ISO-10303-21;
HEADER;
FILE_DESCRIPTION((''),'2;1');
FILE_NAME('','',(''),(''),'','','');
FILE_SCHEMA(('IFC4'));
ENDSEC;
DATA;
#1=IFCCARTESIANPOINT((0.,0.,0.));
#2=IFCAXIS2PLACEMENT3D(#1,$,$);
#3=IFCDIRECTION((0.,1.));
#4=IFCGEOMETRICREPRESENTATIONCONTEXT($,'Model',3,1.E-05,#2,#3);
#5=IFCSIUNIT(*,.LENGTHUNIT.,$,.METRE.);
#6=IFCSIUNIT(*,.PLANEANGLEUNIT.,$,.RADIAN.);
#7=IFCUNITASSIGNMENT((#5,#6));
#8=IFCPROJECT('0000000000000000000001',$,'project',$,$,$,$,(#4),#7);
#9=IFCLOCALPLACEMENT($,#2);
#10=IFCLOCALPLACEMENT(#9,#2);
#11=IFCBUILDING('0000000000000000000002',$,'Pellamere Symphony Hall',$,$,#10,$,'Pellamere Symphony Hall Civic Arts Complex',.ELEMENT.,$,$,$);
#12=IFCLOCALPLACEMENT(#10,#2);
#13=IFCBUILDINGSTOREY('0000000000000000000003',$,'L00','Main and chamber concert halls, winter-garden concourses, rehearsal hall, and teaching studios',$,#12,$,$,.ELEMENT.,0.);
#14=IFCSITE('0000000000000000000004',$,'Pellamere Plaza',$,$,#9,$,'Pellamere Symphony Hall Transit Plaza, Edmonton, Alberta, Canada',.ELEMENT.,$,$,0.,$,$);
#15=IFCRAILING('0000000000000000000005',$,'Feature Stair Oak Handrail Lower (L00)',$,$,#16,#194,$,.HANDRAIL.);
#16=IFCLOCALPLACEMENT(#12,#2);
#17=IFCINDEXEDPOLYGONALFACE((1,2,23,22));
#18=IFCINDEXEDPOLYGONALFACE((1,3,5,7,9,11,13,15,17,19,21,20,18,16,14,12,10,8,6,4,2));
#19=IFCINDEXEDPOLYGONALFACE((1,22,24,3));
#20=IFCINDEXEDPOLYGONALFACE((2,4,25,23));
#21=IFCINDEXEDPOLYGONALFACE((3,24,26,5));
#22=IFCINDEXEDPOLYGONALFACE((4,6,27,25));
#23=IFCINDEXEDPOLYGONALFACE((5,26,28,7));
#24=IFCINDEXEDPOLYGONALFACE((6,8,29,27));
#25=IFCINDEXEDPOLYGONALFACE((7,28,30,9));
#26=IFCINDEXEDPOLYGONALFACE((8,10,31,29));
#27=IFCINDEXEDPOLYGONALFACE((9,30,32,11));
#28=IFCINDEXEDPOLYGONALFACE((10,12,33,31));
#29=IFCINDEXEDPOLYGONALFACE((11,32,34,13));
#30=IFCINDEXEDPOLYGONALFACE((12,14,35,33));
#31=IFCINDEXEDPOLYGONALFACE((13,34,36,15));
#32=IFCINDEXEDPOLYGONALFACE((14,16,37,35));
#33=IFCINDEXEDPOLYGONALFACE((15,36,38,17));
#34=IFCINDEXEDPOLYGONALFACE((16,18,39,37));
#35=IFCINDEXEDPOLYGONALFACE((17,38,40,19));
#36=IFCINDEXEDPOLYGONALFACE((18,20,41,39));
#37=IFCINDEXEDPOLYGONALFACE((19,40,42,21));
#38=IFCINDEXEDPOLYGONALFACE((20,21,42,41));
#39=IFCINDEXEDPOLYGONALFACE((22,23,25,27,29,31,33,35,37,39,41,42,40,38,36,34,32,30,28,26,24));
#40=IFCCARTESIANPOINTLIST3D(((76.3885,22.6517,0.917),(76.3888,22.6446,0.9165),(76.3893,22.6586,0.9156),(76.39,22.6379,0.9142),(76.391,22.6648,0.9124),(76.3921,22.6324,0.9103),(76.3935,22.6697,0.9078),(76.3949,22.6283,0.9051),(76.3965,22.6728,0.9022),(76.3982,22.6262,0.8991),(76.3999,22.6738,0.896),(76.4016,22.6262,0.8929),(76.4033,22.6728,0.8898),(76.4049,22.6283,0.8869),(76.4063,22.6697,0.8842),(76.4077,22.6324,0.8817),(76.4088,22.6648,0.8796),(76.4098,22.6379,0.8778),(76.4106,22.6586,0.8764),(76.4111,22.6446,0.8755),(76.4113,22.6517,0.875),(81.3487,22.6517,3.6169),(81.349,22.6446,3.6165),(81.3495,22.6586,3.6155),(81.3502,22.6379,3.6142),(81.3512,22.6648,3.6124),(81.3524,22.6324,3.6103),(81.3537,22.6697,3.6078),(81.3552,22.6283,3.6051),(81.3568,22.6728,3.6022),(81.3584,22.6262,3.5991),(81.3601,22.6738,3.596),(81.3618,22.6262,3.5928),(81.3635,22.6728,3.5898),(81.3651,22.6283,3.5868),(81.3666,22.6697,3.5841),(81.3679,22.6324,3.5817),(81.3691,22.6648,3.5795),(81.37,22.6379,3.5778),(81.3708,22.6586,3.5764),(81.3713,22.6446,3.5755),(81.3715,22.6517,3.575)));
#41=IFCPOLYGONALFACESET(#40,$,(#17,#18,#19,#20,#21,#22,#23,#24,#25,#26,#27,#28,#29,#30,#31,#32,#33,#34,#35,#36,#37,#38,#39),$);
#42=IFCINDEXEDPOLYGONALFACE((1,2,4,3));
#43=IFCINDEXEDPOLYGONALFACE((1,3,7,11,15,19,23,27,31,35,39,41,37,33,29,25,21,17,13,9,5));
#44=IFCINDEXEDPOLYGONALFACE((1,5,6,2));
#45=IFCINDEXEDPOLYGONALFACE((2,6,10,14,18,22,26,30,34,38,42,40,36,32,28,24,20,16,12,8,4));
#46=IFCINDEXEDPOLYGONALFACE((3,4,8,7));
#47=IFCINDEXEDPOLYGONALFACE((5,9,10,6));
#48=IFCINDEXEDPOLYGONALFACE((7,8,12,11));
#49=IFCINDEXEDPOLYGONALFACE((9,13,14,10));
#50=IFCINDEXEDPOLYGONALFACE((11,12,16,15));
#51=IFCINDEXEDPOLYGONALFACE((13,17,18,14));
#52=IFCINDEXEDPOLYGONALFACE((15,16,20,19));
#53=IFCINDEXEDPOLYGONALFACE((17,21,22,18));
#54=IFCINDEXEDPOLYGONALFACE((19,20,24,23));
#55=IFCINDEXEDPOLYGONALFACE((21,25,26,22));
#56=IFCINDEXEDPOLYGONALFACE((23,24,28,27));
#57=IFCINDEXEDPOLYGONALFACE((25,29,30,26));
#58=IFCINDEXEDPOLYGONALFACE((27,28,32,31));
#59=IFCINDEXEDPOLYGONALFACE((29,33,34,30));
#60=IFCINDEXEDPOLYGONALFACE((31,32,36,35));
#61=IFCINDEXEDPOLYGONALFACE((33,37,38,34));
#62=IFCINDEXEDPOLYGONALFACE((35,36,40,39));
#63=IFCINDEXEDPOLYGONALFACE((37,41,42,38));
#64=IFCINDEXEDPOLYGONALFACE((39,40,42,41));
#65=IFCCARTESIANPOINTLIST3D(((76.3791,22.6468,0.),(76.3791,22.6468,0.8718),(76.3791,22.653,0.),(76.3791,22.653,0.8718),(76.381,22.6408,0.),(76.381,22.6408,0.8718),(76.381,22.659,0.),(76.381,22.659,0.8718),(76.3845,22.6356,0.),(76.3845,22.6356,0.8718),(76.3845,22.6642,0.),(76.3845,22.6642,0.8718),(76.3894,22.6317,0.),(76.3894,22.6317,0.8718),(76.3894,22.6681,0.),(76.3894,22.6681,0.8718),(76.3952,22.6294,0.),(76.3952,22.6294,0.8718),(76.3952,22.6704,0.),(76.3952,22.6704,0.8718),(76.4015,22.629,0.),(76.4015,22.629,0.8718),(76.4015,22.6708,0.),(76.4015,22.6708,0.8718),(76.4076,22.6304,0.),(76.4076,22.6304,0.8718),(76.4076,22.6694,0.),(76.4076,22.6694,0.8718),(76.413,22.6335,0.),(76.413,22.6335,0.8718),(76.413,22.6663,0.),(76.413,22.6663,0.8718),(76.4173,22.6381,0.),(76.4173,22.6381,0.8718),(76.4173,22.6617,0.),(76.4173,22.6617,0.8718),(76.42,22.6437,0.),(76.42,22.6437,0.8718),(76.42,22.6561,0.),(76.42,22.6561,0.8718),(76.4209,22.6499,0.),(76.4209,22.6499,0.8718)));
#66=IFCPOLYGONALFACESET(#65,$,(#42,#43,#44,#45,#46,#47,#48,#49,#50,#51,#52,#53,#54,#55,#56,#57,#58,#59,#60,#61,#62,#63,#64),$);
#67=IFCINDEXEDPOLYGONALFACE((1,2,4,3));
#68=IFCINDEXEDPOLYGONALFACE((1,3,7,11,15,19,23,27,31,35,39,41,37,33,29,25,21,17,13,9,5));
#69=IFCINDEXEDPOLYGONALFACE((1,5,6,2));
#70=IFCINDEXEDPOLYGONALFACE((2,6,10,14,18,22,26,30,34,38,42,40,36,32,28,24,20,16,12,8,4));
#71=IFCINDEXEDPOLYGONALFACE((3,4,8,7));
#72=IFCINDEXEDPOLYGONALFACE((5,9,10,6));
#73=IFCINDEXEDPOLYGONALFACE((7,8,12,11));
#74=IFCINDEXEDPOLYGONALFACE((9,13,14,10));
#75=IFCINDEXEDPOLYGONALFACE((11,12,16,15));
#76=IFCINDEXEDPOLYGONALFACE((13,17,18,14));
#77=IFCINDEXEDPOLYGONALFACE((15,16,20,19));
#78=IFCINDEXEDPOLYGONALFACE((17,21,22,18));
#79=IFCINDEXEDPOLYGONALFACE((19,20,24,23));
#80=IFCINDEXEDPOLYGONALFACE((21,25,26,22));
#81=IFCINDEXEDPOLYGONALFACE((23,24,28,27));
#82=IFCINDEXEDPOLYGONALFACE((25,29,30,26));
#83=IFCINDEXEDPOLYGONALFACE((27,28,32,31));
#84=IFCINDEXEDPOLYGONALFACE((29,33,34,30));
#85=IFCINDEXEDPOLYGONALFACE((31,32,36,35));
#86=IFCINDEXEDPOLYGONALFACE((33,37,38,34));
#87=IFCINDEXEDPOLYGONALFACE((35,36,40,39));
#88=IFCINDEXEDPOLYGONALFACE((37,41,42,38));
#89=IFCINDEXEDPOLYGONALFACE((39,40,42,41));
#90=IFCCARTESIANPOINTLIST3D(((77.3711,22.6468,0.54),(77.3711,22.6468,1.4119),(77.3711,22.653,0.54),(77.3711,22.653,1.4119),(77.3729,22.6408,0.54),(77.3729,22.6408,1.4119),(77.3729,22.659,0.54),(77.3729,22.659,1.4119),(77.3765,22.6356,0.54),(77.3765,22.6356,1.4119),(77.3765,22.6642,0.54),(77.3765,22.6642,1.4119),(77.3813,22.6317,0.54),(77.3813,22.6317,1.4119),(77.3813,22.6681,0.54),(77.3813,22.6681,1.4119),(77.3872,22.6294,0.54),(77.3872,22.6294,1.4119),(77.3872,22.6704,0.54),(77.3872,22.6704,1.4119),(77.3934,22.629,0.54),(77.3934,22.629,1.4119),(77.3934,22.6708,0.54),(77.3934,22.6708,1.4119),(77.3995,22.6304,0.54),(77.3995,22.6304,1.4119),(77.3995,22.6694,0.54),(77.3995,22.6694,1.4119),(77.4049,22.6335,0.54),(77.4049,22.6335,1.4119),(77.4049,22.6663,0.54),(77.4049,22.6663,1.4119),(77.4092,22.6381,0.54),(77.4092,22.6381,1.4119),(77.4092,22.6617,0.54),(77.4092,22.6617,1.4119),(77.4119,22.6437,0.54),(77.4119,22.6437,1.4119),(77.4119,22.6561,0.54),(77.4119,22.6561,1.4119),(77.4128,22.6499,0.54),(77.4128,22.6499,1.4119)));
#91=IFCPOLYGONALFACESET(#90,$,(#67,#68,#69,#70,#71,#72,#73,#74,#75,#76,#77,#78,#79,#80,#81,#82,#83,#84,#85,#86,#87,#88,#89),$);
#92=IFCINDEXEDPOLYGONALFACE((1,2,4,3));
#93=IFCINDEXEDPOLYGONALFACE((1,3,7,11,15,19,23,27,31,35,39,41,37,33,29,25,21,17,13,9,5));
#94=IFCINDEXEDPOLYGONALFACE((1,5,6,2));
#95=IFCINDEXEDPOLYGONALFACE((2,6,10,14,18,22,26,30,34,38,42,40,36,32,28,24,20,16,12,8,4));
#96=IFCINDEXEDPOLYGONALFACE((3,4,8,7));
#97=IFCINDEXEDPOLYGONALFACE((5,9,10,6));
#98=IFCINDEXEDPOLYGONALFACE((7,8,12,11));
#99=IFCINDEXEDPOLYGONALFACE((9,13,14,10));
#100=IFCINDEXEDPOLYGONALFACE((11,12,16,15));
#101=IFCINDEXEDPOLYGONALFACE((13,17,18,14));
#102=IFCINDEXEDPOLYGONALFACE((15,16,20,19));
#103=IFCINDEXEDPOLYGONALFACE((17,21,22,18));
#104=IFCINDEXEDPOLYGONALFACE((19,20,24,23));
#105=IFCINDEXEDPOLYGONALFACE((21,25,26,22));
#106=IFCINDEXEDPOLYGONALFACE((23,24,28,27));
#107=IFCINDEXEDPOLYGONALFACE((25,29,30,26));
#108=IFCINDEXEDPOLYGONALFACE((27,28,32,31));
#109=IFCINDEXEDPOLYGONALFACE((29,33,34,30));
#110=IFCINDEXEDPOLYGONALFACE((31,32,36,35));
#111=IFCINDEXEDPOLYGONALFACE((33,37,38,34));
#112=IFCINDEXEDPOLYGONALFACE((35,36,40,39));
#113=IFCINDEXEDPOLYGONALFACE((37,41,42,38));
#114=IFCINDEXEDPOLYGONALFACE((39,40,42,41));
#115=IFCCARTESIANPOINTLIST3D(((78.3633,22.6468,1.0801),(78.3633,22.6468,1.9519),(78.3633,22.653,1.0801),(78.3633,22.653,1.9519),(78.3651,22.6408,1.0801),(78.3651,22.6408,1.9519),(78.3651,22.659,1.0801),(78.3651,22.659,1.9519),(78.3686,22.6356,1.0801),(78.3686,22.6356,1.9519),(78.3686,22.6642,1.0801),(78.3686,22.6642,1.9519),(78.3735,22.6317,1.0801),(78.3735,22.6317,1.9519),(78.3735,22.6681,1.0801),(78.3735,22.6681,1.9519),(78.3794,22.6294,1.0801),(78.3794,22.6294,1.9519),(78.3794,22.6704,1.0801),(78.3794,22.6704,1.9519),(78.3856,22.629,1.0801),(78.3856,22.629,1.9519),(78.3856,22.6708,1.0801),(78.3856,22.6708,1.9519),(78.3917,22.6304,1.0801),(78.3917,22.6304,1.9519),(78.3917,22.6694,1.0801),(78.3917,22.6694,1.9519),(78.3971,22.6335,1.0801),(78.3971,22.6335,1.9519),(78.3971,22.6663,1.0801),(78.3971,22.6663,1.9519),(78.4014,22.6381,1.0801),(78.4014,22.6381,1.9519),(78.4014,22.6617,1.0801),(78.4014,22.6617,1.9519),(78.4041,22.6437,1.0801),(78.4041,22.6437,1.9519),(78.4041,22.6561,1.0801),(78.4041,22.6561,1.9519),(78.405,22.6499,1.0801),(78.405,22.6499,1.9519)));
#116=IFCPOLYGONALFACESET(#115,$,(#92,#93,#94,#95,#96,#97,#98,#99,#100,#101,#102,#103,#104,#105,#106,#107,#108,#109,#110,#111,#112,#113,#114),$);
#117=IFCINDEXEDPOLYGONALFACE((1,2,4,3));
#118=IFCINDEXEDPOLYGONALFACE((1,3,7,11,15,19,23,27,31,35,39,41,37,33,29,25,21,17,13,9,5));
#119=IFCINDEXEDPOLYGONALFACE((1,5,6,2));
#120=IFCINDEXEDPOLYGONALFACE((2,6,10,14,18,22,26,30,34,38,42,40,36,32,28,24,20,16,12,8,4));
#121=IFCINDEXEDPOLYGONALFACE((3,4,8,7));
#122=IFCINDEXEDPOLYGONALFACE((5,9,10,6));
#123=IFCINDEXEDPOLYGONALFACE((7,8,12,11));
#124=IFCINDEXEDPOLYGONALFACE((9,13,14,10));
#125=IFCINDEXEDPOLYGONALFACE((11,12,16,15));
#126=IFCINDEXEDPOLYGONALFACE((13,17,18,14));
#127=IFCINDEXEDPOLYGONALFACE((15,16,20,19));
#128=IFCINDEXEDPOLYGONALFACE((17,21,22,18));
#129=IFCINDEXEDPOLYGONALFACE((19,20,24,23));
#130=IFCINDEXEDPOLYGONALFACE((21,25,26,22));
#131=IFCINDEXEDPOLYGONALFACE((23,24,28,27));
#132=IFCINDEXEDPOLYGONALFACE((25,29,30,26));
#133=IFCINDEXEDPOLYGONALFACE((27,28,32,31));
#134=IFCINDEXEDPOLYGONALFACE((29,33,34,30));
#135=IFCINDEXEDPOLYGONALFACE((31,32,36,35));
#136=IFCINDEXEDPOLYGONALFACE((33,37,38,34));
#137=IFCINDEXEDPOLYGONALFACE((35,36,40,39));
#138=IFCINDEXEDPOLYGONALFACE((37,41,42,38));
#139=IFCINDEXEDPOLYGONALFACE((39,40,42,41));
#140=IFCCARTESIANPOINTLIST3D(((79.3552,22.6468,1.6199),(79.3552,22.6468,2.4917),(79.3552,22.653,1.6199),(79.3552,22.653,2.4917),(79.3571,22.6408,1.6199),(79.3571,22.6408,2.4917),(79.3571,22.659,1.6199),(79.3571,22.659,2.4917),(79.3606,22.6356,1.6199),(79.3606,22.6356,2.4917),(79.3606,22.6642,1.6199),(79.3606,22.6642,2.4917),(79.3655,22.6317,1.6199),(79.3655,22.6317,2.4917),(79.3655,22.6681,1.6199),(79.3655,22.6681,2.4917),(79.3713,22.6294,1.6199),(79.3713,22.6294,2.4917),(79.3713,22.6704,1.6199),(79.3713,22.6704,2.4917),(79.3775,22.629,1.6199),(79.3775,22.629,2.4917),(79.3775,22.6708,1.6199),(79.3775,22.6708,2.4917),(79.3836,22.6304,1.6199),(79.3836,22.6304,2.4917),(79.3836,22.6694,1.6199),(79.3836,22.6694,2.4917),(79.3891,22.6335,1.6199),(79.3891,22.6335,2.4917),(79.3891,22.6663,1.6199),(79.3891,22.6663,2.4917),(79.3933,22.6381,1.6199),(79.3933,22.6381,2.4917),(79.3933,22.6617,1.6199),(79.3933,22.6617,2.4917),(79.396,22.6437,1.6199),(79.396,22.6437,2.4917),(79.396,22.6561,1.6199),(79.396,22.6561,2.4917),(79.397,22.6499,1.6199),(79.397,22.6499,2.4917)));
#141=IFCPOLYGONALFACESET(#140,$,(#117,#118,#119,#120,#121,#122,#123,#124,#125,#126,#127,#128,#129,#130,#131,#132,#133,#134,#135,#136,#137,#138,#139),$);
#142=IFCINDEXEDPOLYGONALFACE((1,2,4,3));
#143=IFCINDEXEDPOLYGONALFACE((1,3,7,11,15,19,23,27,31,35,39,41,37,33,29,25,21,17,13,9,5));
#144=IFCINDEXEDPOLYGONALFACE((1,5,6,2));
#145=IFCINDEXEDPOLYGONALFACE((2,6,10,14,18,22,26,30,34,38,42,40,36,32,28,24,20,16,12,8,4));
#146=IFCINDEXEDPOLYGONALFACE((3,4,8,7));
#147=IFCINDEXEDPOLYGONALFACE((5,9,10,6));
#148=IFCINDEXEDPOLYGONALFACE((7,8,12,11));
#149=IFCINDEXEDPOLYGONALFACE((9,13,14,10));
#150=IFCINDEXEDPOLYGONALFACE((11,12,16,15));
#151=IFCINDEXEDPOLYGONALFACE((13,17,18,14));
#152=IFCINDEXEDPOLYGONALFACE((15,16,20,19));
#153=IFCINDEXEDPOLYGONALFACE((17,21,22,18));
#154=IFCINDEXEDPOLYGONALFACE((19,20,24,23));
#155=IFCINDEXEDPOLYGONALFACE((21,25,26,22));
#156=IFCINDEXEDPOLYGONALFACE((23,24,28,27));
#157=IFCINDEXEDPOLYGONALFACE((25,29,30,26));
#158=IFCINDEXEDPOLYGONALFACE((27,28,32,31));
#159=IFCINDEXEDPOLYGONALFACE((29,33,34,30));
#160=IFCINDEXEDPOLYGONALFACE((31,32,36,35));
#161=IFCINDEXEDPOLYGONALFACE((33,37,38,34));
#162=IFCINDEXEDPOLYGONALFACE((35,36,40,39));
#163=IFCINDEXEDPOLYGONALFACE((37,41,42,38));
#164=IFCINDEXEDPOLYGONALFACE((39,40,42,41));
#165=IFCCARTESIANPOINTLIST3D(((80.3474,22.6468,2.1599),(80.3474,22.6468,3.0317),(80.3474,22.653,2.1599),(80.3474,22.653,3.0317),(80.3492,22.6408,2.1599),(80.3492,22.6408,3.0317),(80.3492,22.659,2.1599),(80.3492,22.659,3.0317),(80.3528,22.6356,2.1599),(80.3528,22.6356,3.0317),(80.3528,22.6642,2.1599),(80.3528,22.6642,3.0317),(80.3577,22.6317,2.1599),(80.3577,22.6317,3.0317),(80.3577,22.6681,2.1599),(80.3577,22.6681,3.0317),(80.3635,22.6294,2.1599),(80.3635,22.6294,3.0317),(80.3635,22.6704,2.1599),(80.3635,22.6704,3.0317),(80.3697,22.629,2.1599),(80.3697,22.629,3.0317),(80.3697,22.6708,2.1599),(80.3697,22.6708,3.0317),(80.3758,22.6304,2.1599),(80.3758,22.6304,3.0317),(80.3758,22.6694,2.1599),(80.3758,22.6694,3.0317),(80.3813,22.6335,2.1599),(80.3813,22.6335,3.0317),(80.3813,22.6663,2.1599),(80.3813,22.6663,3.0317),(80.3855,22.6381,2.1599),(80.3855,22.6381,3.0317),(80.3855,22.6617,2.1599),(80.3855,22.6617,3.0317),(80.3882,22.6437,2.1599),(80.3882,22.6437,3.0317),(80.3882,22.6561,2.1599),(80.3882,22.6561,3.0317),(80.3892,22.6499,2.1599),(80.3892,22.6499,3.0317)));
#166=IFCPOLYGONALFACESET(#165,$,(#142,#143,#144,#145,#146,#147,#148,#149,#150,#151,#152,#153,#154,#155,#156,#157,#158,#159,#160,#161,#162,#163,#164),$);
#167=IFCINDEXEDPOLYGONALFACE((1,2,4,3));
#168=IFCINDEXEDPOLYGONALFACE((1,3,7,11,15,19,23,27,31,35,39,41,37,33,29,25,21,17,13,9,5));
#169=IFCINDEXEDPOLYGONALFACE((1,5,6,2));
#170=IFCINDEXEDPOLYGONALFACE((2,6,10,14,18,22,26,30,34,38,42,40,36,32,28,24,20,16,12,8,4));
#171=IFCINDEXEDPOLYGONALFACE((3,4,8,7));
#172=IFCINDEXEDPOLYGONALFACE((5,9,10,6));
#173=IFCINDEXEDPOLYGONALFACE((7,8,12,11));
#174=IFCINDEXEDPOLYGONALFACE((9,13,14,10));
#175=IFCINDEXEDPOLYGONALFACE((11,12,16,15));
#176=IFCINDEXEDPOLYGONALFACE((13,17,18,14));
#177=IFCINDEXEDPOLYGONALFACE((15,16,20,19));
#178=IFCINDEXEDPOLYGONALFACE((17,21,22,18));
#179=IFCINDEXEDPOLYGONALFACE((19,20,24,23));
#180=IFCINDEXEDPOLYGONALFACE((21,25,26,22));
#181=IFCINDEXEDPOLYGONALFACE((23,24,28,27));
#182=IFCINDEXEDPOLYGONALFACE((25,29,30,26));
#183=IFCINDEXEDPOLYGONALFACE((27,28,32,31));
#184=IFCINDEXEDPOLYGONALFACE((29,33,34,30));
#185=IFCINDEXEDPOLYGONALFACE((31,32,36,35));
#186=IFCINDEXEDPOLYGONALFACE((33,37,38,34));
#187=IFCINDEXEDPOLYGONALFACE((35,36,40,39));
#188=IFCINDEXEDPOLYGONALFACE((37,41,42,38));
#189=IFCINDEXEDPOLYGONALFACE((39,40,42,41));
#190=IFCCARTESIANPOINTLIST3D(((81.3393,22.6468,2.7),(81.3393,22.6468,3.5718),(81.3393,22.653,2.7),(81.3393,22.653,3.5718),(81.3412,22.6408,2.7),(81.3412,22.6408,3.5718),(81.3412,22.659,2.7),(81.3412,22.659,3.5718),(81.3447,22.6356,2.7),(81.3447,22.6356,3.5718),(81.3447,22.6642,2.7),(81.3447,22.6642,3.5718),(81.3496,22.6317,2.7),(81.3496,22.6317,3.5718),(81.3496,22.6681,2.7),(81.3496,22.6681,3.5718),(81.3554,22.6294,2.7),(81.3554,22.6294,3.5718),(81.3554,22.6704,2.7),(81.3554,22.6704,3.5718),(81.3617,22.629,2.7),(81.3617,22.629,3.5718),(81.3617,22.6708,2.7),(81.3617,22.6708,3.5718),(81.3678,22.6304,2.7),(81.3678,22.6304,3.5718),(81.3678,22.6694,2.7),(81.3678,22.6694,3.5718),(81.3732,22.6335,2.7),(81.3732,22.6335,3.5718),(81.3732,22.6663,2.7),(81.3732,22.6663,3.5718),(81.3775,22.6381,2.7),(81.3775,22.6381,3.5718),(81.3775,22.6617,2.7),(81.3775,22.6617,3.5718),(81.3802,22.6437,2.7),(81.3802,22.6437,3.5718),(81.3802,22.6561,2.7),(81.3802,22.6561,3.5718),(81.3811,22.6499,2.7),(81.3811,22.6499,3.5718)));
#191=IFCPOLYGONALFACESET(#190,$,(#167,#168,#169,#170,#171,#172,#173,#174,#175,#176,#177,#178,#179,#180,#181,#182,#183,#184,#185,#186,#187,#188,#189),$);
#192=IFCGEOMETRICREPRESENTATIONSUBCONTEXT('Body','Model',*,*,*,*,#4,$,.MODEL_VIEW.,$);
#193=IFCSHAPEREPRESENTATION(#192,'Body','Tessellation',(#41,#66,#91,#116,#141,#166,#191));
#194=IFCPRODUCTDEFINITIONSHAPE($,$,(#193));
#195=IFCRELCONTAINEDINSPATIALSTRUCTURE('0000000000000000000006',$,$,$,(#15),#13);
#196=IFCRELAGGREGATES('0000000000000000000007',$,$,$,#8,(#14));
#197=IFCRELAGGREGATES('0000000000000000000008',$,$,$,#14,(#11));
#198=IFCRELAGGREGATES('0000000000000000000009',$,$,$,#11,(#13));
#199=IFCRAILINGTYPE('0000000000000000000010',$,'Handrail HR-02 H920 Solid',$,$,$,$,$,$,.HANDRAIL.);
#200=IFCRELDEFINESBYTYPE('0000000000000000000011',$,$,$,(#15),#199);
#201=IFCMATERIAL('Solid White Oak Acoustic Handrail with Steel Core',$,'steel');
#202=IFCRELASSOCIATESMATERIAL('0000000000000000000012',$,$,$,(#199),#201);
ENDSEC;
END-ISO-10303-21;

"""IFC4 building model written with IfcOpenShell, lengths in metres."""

from ifc_helpers import new_model, si_unit, direction, frame, origin, origin_2d, place, context, subcontext, project, spatial, circle, extrude, material, type_object, element, save


model = new_model("IFC4")

# Units and contexts
model_context = context("Model", 3, precision=1e-05, world=origin(), true_north=direction((0.0, 1.0)))
body_context = subcontext(model_context, "Body", "Model", "MODEL_VIEW")
ifc_project = project(units=[si_unit("LENGTHUNIT", "METRE"), si_unit("PLANEANGLEUNIT", "RADIAN")], contexts=[model_context])

# Site, building, storey
site_placement = place(None, origin())
site = spatial("IfcSite", under=ifc_project, at=site_placement, Name="Pellamere Plaza", LongName="Pellamere Symphony Hall Transit Plaza, Edmonton, Alberta, Canada", CompositionType="ELEMENT", RefElevation=0.0)
building_placement = place(site_placement, origin())
building = spatial("IfcBuilding", under=site, at=building_placement, Name="Pellamere Symphony Hall", LongName="Pellamere Symphony Hall Civic Arts Complex", CompositionType="ELEMENT")
storey_placement = place(building_placement, origin())
storey = spatial("IfcBuildingStorey", under=building, at=storey_placement, Name="L00", Description="Main and chamber concert halls, winter-garden concourses, rehearsal hall, and teaching studios", CompositionType="ELEMENT", Elevation=0.0)

# Railing
ifc_material_1 = material(Name="Solid White Oak Acoustic Handrail with Steel Core", Category="steel")
railing_type_1 = type_object("IfcRailingType", Name="Handrail HR-02 H920 Solid", PredefinedType="HANDRAIL", material=ifc_material_1)
railing_1_placement = place(storey_placement, frame((76.3999, 22.6499, 0.0)))
element("IfcRailing", 1, at=railing_1_placement, inside=storey, type_object=railing_type_1, Name="Feature Stair Oak Handrail Lower (L00)", PredefinedType="HANDRAIL", context=body_context, shape_type="SweptSolid", body=[
    extrude(circle(Radius=0.0239, at=origin_2d()), frame((0.0, 0.0, 0.896), z_axis=(0.878313, 0.0, 0.478086), x_axis=(0.0, 1.0, 0.0)), (0.0, 0.0, 1.0), 5.6475),
    extrude(circle(Radius=0.021, at=origin_2d()), origin(), (0.0, 0.0, 1.0), 0.8718),
    extrude(circle(Radius=0.021, at=origin_2d()), frame((0.9919, 0.0, 0.54)), (0.0, 0.0, 1.0), 0.8718),
    extrude(circle(Radius=0.021, at=origin_2d()), frame((1.9841, 0.0, 1.0801)), (0.0, 0.0, 1.0), 0.8718),
    extrude(circle(Radius=0.021, at=origin_2d()), frame((2.9761, 0.0, 1.6199)), (0.0, 0.0, 1.0), 0.8718),
    extrude(circle(Radius=0.021, at=origin_2d()), frame((3.9683, 0.0, 2.1599)), (0.0, 0.0, 1.0), 0.8718),
    extrude(circle(Radius=0.021, at=origin_2d()), frame((4.9602, 0.0, 2.7)), (0.0, 0.0, 1.0), 0.8718),
])

save(model, "model.ifc")
